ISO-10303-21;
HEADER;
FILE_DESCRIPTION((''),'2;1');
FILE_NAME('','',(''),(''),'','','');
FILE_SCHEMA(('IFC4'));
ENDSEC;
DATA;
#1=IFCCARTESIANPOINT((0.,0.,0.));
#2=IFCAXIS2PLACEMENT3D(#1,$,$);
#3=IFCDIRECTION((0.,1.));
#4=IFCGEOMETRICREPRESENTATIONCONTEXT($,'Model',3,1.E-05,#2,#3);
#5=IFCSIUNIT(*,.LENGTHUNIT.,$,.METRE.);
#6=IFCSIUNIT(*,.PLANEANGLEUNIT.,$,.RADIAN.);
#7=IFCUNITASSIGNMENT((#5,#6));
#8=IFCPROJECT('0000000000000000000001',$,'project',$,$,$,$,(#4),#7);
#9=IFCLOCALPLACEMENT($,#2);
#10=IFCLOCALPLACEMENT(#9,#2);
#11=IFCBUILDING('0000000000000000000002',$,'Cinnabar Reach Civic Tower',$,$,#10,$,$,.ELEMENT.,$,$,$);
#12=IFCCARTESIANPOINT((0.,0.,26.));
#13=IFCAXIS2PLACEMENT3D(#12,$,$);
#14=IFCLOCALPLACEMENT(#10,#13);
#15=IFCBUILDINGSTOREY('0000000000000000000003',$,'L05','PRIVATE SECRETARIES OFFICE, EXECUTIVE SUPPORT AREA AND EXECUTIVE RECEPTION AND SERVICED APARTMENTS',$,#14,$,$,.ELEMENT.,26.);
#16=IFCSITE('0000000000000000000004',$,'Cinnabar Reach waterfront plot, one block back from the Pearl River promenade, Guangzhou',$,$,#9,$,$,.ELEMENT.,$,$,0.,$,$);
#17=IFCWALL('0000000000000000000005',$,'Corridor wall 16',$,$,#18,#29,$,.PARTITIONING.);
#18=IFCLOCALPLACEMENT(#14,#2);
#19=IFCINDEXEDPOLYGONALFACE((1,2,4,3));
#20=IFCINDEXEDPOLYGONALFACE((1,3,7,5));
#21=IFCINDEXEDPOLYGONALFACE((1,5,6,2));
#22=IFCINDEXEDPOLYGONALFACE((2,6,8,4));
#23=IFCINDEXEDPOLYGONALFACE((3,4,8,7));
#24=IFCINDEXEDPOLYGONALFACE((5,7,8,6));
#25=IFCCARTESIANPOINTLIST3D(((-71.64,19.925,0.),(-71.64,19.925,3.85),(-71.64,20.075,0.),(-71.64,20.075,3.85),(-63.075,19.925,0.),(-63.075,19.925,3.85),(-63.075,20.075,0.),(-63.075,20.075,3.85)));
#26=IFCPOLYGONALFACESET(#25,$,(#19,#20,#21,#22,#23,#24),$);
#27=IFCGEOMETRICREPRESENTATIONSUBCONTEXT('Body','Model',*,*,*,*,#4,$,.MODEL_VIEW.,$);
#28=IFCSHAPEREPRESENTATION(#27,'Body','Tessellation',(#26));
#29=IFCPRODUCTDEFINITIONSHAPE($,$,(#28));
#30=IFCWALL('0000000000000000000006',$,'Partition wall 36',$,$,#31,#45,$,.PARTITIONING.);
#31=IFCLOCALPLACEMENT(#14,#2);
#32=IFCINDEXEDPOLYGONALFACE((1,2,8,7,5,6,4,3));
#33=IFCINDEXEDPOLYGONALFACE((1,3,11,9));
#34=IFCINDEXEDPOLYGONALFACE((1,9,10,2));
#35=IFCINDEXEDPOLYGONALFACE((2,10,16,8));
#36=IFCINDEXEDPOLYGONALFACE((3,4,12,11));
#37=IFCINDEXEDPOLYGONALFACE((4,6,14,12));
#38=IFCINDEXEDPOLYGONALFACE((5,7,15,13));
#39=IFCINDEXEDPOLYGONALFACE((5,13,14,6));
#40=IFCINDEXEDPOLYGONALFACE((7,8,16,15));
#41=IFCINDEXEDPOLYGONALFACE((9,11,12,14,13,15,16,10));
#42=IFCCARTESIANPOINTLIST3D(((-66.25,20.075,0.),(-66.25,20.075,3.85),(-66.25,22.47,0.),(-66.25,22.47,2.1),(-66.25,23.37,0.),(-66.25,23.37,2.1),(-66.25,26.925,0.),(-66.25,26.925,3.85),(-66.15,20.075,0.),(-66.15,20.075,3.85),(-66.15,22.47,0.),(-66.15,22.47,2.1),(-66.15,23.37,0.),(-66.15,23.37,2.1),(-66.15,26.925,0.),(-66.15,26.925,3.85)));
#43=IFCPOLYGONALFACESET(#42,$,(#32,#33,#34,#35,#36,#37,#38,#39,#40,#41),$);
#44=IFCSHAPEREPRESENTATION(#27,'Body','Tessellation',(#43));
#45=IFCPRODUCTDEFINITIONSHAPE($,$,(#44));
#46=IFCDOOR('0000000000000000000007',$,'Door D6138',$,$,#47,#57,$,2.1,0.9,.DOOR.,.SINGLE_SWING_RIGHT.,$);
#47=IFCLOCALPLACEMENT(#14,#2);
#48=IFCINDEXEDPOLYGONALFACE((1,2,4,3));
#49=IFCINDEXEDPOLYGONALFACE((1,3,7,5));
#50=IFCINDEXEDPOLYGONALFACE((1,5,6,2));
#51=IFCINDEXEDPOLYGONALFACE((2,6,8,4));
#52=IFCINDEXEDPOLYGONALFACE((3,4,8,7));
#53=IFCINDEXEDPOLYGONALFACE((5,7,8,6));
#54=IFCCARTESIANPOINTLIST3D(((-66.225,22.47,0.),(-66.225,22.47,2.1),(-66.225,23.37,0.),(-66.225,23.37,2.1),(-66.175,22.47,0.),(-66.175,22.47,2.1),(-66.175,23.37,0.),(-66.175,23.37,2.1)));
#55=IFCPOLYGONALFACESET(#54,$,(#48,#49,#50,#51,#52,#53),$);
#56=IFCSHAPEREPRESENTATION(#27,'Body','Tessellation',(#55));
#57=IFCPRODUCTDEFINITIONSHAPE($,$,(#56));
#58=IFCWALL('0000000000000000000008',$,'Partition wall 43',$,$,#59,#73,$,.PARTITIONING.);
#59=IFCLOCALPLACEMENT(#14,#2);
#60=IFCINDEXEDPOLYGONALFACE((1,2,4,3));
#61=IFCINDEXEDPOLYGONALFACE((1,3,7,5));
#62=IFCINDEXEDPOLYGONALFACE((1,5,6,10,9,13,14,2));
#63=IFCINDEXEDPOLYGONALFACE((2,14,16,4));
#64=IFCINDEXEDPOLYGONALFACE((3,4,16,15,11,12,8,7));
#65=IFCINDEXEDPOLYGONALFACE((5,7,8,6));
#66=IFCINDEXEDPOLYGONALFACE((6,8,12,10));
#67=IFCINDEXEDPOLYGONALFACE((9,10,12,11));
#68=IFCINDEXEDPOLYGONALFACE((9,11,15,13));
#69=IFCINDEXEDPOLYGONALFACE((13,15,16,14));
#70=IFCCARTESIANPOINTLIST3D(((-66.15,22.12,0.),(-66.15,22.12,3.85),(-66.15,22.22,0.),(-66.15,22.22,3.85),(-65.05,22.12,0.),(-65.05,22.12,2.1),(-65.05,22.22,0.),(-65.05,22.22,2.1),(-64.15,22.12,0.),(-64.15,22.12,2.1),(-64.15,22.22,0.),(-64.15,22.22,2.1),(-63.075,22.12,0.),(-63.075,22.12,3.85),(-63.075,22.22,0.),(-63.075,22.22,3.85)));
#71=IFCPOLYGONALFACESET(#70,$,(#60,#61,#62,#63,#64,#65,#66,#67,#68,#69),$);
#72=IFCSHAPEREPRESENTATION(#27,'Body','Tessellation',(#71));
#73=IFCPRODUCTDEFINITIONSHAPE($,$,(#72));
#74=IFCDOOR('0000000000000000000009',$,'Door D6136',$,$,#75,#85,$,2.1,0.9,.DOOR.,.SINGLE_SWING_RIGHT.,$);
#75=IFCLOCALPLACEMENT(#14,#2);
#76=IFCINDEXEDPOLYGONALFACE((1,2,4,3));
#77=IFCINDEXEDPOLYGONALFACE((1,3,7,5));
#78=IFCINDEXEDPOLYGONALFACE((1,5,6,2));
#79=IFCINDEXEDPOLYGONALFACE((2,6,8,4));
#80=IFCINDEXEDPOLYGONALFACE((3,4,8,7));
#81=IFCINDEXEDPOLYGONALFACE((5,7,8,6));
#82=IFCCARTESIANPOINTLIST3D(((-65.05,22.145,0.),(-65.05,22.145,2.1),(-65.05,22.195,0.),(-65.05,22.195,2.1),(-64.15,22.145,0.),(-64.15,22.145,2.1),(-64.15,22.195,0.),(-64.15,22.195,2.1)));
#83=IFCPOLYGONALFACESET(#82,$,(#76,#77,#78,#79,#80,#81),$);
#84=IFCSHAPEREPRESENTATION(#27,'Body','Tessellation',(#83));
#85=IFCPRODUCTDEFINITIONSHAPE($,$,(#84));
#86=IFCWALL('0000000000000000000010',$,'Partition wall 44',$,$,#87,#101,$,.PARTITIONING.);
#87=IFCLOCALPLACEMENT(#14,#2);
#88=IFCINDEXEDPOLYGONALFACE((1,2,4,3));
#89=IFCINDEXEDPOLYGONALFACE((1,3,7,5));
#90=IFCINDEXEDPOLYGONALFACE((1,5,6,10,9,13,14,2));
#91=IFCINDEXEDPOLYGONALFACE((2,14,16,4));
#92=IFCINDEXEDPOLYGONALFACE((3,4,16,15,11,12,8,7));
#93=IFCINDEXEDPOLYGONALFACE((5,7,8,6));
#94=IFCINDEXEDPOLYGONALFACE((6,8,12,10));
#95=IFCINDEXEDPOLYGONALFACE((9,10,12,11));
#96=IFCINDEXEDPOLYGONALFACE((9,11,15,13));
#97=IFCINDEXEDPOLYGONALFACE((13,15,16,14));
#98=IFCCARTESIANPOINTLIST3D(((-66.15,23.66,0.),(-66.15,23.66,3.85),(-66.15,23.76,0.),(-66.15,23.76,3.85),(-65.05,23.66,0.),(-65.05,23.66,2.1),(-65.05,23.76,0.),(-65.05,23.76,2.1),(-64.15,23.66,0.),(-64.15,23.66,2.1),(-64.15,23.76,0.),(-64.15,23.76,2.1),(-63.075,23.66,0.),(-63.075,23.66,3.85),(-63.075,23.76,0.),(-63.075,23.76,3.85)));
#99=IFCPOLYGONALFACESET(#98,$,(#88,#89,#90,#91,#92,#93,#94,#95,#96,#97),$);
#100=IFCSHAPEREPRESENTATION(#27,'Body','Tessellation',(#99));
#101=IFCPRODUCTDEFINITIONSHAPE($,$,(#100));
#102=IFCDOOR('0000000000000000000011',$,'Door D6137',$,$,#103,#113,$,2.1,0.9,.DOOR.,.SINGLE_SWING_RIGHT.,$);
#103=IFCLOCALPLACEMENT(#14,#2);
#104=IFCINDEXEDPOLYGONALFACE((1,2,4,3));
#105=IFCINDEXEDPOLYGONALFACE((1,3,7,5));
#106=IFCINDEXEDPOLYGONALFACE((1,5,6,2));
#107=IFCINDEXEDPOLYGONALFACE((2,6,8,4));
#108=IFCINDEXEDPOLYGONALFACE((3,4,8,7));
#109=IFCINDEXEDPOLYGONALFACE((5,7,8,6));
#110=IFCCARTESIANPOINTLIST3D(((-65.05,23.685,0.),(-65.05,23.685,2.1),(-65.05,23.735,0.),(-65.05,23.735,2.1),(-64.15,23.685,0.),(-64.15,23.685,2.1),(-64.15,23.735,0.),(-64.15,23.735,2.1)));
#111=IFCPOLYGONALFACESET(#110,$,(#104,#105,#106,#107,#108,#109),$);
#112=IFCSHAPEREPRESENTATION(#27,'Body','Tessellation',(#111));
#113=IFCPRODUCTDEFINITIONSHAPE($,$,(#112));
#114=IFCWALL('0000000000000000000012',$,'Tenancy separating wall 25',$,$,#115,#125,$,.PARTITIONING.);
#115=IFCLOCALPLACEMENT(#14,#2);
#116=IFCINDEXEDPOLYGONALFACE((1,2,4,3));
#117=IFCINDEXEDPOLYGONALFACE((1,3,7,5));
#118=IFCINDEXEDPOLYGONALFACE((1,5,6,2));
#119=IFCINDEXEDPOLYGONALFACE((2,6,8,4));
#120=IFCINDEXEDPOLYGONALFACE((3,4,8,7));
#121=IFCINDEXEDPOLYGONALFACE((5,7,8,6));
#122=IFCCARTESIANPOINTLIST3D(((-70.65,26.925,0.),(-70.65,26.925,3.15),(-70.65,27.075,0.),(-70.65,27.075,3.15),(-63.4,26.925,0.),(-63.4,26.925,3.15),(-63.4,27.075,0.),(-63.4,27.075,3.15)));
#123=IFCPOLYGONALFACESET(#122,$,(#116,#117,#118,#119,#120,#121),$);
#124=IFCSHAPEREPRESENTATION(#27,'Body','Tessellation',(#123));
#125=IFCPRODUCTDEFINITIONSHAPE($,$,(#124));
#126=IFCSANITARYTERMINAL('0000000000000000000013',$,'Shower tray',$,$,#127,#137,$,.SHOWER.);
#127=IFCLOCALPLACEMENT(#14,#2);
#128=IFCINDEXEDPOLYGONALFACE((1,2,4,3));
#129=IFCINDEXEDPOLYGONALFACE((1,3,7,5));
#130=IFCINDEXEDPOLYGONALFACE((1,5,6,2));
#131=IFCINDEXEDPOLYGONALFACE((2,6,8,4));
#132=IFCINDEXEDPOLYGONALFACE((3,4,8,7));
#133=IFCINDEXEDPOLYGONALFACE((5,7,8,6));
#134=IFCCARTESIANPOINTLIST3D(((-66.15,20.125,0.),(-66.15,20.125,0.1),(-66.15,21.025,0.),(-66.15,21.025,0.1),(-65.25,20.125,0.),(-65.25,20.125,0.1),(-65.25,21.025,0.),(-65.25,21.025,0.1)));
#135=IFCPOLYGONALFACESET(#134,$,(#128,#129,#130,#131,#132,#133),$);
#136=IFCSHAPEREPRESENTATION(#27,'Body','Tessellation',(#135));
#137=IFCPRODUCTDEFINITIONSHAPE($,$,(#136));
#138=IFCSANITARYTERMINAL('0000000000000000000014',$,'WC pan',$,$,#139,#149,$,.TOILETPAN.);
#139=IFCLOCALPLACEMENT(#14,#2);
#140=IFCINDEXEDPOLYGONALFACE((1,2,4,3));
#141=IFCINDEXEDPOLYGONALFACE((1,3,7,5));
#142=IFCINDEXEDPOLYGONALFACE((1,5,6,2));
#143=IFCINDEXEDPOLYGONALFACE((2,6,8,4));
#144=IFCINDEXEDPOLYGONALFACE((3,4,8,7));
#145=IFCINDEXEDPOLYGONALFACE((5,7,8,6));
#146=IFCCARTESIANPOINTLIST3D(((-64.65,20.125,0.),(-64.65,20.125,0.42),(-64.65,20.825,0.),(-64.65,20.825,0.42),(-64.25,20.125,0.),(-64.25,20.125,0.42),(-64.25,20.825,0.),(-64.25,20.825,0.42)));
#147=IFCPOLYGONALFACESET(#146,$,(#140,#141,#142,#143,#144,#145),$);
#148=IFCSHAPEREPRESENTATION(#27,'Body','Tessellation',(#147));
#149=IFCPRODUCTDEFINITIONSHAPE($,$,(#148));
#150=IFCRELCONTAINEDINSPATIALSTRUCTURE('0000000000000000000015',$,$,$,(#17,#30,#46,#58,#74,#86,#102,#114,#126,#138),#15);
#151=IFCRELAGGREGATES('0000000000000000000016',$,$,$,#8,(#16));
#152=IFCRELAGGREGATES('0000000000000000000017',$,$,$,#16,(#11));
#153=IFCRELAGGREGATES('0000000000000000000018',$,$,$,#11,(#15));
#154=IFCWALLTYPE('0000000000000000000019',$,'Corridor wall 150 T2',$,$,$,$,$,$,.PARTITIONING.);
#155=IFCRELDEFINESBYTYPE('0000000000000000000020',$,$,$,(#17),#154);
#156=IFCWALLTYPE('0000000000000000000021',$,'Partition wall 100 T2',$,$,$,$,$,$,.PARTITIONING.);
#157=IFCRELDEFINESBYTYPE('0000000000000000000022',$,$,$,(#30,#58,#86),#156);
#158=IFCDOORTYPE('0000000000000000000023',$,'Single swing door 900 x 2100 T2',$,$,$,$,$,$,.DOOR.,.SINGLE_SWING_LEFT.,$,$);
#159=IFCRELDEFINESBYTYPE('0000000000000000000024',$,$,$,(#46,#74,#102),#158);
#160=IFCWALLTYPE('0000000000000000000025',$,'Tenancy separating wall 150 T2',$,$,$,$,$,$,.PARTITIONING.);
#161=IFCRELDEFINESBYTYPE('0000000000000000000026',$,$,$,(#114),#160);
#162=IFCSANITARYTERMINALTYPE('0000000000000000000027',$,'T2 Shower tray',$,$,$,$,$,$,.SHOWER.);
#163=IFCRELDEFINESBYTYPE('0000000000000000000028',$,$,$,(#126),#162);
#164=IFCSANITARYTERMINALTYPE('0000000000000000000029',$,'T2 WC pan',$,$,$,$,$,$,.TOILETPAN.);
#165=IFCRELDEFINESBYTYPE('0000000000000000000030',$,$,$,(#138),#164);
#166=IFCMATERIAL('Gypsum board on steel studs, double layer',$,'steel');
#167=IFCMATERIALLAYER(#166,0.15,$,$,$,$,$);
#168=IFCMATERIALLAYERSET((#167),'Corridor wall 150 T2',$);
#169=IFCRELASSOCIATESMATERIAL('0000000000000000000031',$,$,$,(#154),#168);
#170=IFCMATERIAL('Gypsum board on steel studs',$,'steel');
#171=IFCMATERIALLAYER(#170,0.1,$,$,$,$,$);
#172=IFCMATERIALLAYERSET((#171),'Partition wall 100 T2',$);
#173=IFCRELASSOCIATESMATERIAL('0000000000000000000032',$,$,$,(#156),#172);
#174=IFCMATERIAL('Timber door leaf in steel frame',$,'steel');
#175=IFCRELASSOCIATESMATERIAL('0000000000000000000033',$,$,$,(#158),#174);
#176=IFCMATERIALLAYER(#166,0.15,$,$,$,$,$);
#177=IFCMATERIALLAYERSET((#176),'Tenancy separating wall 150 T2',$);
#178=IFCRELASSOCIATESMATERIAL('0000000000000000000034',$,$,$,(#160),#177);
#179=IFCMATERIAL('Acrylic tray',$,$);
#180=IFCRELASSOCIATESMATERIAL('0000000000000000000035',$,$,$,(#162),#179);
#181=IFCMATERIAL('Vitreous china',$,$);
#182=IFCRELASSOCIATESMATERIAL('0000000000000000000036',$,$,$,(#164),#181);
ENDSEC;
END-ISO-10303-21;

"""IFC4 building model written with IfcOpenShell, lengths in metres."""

from ifc_helpers import new_model, si_unit, direction, frame, frame_2d, origin, origin_2d, place, context, subcontext, project, spatial, rectangle, extrude, material, layer, layer_set, type_object, element, fill, save


model = new_model("IFC4")

# Units and contexts
model_context = context("Model", 3, precision=1e-05, world=origin(), true_north=direction((0.0, 1.0)))
body_context = subcontext(model_context, "Body", "Model", "MODEL_VIEW")
ifc_project = project(units=[si_unit("LENGTHUNIT", "METRE"), si_unit("PLANEANGLEUNIT", "RADIAN")], contexts=[model_context])

# Site, building, storey
site_placement = place(None, origin())
site = spatial("IfcSite", under=ifc_project, at=site_placement, Name="Cinnabar Reach waterfront plot, one block back from the Pearl River promenade, Guangzhou", CompositionType="ELEMENT", RefElevation=0.0)
building_placement = place(site_placement, origin())
building = spatial("IfcBuilding", under=site, at=building_placement, Name="Cinnabar Reach Civic Tower", CompositionType="ELEMENT")
storey_placement = place(building_placement, frame((0.0, 0.0, 26.0)))
storey = spatial("IfcBuildingStorey", under=building, at=storey_placement, Name="L05", Description="PRIVATE SECRETARIES OFFICE, EXECUTIVE SUPPORT AREA AND EXECUTIVE RECEPTION AND SERVICED APARTMENTS", CompositionType="ELEMENT", Elevation=26.0)

# Shared definitions
ifc_material_1 = material(Name="Gypsum board on steel studs, double layer", Category="steel")
ifc_layer_1 = layer(ifc_material_1, 0.15)
ifc_layer_set_1 = layer_set([ifc_layer_1], Name="Corridor wall 150 T2")
wall_type_1 = type_object("IfcWallType", Name="Corridor wall 150 T2", PredefinedType="PARTITIONING", material=ifc_layer_set_1)

# Shared definitions
ifc_material_2 = material(Name="Timber door leaf in steel frame", Category="steel")

# Wall
wall_1_placement = place(storey_placement, frame((-71.64, 20.0, 0.0), z_axis=(0.0, 0.0, 1.0), x_axis=(1.0, 0.0, 0.0)))
element("IfcWall", 1, at=wall_1_placement, inside=storey, type_object=wall_type_1, Name="Corridor wall 16", PredefinedType="PARTITIONING", context=body_context, shape_type="SweptSolid", body=[
    extrude(rectangle(XDim=8.565, YDim=0.15, at=frame_2d((4.2825, 0.0))), origin(), (0.0, 0.0, 1.0), 3.85),
])

# Walls, openings, doors
ifc_material_3 = material(Name="Gypsum board on steel studs", Category="steel")
ifc_layer_2 = layer(ifc_material_3, 0.1)
ifc_layer_set_2 = layer_set([ifc_layer_2], Name="Partition wall 100 T2")
wall_type_2 = type_object("IfcWallType", Name="Partition wall 100 T2", PredefinedType="PARTITIONING", material=ifc_layer_set_2)
wall_2_placement = place(storey_placement, frame((-66.2, 20.075, 0.0), z_axis=(0.0, 0.0, 1.0), x_axis=(0.0, 1.0, 0.0)))
wall_2 = element("IfcWall", 2, at=wall_2_placement, inside=storey, type_object=wall_type_2, Name="Partition wall 36", PredefinedType="PARTITIONING", context=body_context, shape_type="SweptSolid", body=[
    extrude(rectangle(XDim=6.85, YDim=0.1, at=frame_2d((3.425, 0.0))), origin(), (0.0, 0.0, 1.0), 3.85),
])
opening_1_placement = place(wall_2_placement, frame((2.395, 0.0, 0.0)))
opening_1 = element("IfcOpeningElement", 3, at=opening_1_placement, cuts=wall_2, PredefinedType="OPENING", context=body_context, shape_type="SweptSolid", body=[
    extrude(rectangle(XDim=0.9, YDim=2.1, at=frame_2d((0.45, 1.05))), frame((0.0, 0.06, 0.0), z_axis=(0.0, -1.0, 0.0), x_axis=(1.0, 0.0, 0.0)), (0.0, 0.0, 1.0), 0.12),
])
door_type_1 = type_object("IfcDoorType", Name="Single swing door 900 x 2100 T2", OperationType="SINGLE_SWING_LEFT", PredefinedType="DOOR", material=ifc_material_2)
door_1_placement = place(opening_1_placement, frame((0.9, 0.0, 0.0), z_axis=(0.0, 0.0, 1.0), x_axis=(-1.0, 0.0, 0.0)))
door_1 = element("IfcDoor", 4, at=door_1_placement, inside=storey, type_object=door_type_1, Name="Door D6138", OperationType="SINGLE_SWING_RIGHT", OverallHeight=2.1, OverallWidth=0.9, PredefinedType="DOOR", context=body_context, shape_type="SweptSolid", body=[
    extrude(rectangle(XDim=0.9, YDim=2.1, at=frame_2d((0.45, 1.05))), frame((0.0, 0.025, 0.0), z_axis=(0.0, -1.0, 0.0), x_axis=(1.0, 0.0, 0.0)), (0.0, 0.0, 1.0), 0.05),
])
fill(opening_1, door_1)
wall_3_placement = place(storey_placement, frame((-66.15, 22.17, 0.0), z_axis=(0.0, 0.0, 1.0), x_axis=(1.0, 0.0, 0.0)))
wall_3 = element("IfcWall", 5, at=wall_3_placement, inside=storey, type_object=wall_type_2, Name="Partition wall 43", PredefinedType="PARTITIONING", context=body_context, shape_type="SweptSolid", body=[
    extrude(rectangle(XDim=3.075, YDim=0.1, at=frame_2d((1.5375, 0.0))), origin(), (0.0, 0.0, 1.0), 3.85),
])
opening_2_placement = place(wall_3_placement, frame((1.1, 0.0, 0.0)))
opening_2 = element("IfcOpeningElement", 6, at=opening_2_placement, cuts=wall_3, PredefinedType="OPENING", context=body_context, shape_type="SweptSolid", body=[
    extrude(rectangle(XDim=0.9, YDim=2.1, at=frame_2d((0.45, 1.05))), frame((0.0, 0.06, 0.0), z_axis=(0.0, -1.0, 0.0), x_axis=(1.0, 0.0, 0.0)), (0.0, 0.0, 1.0), 0.12),
])
door_2_placement = place(opening_2_placement, frame((0.9, 0.0, 0.0), z_axis=(0.0, 0.0, 1.0), x_axis=(-1.0, 0.0, 0.0)))
door_2 = element("IfcDoor", 7, at=door_2_placement, inside=storey, type_object=door_type_1, Name="Door D6136", OperationType="SINGLE_SWING_RIGHT", OverallHeight=2.1, OverallWidth=0.9, PredefinedType="DOOR", context=body_context, shape_type="SweptSolid", body=[
    extrude(rectangle(XDim=0.9, YDim=2.1, at=frame_2d((0.45, 1.05))), frame((0.0, 0.025, 0.0), z_axis=(0.0, -1.0, 0.0), x_axis=(1.0, 0.0, 0.0)), (0.0, 0.0, 1.0), 0.05),
])
fill(opening_2, door_2)
wall_4_placement = place(storey_placement, frame((-66.15, 23.71, 0.0), z_axis=(0.0, 0.0, 1.0), x_axis=(1.0, 0.0, 0.0)))
wall_4 = element("IfcWall", 8, at=wall_4_placement, inside=storey, type_object=wall_type_2, Name="Partition wall 44", PredefinedType="PARTITIONING", context=body_context, shape_type="SweptSolid", body=[
    extrude(rectangle(XDim=3.075, YDim=0.1, at=frame_2d((1.5375, 0.0))), origin(), (0.0, 0.0, 1.0), 3.85),
])
opening_3_placement = place(wall_4_placement, frame((1.1, 0.0, 0.0)))
opening_3 = element("IfcOpeningElement", 9, at=opening_3_placement, cuts=wall_4, PredefinedType="OPENING", context=body_context, shape_type="SweptSolid", body=[
    extrude(rectangle(XDim=0.9, YDim=2.1, at=frame_2d((0.45, 1.05))), frame((0.0, 0.06, 0.0), z_axis=(0.0, -1.0, 0.0), x_axis=(1.0, 0.0, 0.0)), (0.0, 0.0, 1.0), 0.12),
])
door_3_placement = place(opening_3_placement, frame((0.9, 0.0, 0.0), z_axis=(0.0, 0.0, 1.0), x_axis=(-1.0, 0.0, 0.0)))
door_3 = element("IfcDoor", 10, at=door_3_placement, inside=storey, type_object=door_type_1, Name="Door D6137", OperationType="SINGLE_SWING_RIGHT", OverallHeight=2.1, OverallWidth=0.9, PredefinedType="DOOR", context=body_context, shape_type="SweptSolid", body=[
    extrude(rectangle(XDim=0.9, YDim=2.1, at=frame_2d((0.45, 1.05))), frame((0.0, 0.025, 0.0), z_axis=(0.0, -1.0, 0.0), x_axis=(1.0, 0.0, 0.0)), (0.0, 0.0, 1.0), 0.05),
])
fill(opening_3, door_3)

# Wall
ifc_layer_3 = layer(ifc_material_1, 0.15)
ifc_layer_set_3 = layer_set([ifc_layer_3], Name="Tenancy separating wall 150 T2")
wall_type_3 = type_object("IfcWallType", Name="Tenancy separating wall 150 T2", PredefinedType="PARTITIONING", material=ifc_layer_set_3)
wall_5_placement = place(storey_placement, frame((-70.65, 27.0, 0.0), z_axis=(0.0, 0.0, 1.0), x_axis=(1.0, 0.0, 0.0)))
element("IfcWall", 11, at=wall_5_placement, inside=storey, type_object=wall_type_3, Name="Tenancy separating wall 25", PredefinedType="PARTITIONING", context=body_context, shape_type="SweptSolid", body=[
    extrude(rectangle(XDim=7.25, YDim=0.15, at=frame_2d((3.625, 0.0))), origin(), (0.0, 0.0, 1.0), 3.15),
])

# Sanitary terminals
ifc_material_4 = material(Name="Acrylic tray")
sanitary_terminal_type_1 = type_object("IfcSanitaryTerminalType", Name="T2 Shower tray", PredefinedType="SHOWER", material=ifc_material_4)
sanitary_terminal_1_placement = place(storey_placement, frame((-65.7, 20.575, 0.0), z_axis=(0.0, 0.0, 1.0), x_axis=(1.0, 0.0, 0.0)))
element("IfcSanitaryTerminal", 12, at=sanitary_terminal_1_placement, inside=storey, type_object=sanitary_terminal_type_1, Name="Shower tray", PredefinedType="SHOWER", context=body_context, shape_type="SweptSolid", body=[
    extrude(rectangle(XDim=0.9, YDim=0.9, at=origin_2d()), origin(), (0.0, 0.0, 1.0), 0.1),
])
ifc_material_5 = material(Name="Vitreous china")
sanitary_terminal_type_2 = type_object("IfcSanitaryTerminalType", Name="T2 WC pan", PredefinedType="TOILETPAN", material=ifc_material_5)
sanitary_terminal_2_placement = place(storey_placement, frame((-64.45, 20.475, 0.0), z_axis=(0.0, 0.0, 1.0), x_axis=(1.0, 0.0, 0.0)))
element("IfcSanitaryTerminal", 13, at=sanitary_terminal_2_placement, inside=storey, type_object=sanitary_terminal_type_2, Name="WC pan", PredefinedType="TOILETPAN", context=body_context, shape_type="SweptSolid", body=[
    extrude(rectangle(XDim=0.4, YDim=0.7, at=origin_2d()), origin(), (0.0, 0.0, 1.0), 0.42),
])

save(model, "model.ifc")
